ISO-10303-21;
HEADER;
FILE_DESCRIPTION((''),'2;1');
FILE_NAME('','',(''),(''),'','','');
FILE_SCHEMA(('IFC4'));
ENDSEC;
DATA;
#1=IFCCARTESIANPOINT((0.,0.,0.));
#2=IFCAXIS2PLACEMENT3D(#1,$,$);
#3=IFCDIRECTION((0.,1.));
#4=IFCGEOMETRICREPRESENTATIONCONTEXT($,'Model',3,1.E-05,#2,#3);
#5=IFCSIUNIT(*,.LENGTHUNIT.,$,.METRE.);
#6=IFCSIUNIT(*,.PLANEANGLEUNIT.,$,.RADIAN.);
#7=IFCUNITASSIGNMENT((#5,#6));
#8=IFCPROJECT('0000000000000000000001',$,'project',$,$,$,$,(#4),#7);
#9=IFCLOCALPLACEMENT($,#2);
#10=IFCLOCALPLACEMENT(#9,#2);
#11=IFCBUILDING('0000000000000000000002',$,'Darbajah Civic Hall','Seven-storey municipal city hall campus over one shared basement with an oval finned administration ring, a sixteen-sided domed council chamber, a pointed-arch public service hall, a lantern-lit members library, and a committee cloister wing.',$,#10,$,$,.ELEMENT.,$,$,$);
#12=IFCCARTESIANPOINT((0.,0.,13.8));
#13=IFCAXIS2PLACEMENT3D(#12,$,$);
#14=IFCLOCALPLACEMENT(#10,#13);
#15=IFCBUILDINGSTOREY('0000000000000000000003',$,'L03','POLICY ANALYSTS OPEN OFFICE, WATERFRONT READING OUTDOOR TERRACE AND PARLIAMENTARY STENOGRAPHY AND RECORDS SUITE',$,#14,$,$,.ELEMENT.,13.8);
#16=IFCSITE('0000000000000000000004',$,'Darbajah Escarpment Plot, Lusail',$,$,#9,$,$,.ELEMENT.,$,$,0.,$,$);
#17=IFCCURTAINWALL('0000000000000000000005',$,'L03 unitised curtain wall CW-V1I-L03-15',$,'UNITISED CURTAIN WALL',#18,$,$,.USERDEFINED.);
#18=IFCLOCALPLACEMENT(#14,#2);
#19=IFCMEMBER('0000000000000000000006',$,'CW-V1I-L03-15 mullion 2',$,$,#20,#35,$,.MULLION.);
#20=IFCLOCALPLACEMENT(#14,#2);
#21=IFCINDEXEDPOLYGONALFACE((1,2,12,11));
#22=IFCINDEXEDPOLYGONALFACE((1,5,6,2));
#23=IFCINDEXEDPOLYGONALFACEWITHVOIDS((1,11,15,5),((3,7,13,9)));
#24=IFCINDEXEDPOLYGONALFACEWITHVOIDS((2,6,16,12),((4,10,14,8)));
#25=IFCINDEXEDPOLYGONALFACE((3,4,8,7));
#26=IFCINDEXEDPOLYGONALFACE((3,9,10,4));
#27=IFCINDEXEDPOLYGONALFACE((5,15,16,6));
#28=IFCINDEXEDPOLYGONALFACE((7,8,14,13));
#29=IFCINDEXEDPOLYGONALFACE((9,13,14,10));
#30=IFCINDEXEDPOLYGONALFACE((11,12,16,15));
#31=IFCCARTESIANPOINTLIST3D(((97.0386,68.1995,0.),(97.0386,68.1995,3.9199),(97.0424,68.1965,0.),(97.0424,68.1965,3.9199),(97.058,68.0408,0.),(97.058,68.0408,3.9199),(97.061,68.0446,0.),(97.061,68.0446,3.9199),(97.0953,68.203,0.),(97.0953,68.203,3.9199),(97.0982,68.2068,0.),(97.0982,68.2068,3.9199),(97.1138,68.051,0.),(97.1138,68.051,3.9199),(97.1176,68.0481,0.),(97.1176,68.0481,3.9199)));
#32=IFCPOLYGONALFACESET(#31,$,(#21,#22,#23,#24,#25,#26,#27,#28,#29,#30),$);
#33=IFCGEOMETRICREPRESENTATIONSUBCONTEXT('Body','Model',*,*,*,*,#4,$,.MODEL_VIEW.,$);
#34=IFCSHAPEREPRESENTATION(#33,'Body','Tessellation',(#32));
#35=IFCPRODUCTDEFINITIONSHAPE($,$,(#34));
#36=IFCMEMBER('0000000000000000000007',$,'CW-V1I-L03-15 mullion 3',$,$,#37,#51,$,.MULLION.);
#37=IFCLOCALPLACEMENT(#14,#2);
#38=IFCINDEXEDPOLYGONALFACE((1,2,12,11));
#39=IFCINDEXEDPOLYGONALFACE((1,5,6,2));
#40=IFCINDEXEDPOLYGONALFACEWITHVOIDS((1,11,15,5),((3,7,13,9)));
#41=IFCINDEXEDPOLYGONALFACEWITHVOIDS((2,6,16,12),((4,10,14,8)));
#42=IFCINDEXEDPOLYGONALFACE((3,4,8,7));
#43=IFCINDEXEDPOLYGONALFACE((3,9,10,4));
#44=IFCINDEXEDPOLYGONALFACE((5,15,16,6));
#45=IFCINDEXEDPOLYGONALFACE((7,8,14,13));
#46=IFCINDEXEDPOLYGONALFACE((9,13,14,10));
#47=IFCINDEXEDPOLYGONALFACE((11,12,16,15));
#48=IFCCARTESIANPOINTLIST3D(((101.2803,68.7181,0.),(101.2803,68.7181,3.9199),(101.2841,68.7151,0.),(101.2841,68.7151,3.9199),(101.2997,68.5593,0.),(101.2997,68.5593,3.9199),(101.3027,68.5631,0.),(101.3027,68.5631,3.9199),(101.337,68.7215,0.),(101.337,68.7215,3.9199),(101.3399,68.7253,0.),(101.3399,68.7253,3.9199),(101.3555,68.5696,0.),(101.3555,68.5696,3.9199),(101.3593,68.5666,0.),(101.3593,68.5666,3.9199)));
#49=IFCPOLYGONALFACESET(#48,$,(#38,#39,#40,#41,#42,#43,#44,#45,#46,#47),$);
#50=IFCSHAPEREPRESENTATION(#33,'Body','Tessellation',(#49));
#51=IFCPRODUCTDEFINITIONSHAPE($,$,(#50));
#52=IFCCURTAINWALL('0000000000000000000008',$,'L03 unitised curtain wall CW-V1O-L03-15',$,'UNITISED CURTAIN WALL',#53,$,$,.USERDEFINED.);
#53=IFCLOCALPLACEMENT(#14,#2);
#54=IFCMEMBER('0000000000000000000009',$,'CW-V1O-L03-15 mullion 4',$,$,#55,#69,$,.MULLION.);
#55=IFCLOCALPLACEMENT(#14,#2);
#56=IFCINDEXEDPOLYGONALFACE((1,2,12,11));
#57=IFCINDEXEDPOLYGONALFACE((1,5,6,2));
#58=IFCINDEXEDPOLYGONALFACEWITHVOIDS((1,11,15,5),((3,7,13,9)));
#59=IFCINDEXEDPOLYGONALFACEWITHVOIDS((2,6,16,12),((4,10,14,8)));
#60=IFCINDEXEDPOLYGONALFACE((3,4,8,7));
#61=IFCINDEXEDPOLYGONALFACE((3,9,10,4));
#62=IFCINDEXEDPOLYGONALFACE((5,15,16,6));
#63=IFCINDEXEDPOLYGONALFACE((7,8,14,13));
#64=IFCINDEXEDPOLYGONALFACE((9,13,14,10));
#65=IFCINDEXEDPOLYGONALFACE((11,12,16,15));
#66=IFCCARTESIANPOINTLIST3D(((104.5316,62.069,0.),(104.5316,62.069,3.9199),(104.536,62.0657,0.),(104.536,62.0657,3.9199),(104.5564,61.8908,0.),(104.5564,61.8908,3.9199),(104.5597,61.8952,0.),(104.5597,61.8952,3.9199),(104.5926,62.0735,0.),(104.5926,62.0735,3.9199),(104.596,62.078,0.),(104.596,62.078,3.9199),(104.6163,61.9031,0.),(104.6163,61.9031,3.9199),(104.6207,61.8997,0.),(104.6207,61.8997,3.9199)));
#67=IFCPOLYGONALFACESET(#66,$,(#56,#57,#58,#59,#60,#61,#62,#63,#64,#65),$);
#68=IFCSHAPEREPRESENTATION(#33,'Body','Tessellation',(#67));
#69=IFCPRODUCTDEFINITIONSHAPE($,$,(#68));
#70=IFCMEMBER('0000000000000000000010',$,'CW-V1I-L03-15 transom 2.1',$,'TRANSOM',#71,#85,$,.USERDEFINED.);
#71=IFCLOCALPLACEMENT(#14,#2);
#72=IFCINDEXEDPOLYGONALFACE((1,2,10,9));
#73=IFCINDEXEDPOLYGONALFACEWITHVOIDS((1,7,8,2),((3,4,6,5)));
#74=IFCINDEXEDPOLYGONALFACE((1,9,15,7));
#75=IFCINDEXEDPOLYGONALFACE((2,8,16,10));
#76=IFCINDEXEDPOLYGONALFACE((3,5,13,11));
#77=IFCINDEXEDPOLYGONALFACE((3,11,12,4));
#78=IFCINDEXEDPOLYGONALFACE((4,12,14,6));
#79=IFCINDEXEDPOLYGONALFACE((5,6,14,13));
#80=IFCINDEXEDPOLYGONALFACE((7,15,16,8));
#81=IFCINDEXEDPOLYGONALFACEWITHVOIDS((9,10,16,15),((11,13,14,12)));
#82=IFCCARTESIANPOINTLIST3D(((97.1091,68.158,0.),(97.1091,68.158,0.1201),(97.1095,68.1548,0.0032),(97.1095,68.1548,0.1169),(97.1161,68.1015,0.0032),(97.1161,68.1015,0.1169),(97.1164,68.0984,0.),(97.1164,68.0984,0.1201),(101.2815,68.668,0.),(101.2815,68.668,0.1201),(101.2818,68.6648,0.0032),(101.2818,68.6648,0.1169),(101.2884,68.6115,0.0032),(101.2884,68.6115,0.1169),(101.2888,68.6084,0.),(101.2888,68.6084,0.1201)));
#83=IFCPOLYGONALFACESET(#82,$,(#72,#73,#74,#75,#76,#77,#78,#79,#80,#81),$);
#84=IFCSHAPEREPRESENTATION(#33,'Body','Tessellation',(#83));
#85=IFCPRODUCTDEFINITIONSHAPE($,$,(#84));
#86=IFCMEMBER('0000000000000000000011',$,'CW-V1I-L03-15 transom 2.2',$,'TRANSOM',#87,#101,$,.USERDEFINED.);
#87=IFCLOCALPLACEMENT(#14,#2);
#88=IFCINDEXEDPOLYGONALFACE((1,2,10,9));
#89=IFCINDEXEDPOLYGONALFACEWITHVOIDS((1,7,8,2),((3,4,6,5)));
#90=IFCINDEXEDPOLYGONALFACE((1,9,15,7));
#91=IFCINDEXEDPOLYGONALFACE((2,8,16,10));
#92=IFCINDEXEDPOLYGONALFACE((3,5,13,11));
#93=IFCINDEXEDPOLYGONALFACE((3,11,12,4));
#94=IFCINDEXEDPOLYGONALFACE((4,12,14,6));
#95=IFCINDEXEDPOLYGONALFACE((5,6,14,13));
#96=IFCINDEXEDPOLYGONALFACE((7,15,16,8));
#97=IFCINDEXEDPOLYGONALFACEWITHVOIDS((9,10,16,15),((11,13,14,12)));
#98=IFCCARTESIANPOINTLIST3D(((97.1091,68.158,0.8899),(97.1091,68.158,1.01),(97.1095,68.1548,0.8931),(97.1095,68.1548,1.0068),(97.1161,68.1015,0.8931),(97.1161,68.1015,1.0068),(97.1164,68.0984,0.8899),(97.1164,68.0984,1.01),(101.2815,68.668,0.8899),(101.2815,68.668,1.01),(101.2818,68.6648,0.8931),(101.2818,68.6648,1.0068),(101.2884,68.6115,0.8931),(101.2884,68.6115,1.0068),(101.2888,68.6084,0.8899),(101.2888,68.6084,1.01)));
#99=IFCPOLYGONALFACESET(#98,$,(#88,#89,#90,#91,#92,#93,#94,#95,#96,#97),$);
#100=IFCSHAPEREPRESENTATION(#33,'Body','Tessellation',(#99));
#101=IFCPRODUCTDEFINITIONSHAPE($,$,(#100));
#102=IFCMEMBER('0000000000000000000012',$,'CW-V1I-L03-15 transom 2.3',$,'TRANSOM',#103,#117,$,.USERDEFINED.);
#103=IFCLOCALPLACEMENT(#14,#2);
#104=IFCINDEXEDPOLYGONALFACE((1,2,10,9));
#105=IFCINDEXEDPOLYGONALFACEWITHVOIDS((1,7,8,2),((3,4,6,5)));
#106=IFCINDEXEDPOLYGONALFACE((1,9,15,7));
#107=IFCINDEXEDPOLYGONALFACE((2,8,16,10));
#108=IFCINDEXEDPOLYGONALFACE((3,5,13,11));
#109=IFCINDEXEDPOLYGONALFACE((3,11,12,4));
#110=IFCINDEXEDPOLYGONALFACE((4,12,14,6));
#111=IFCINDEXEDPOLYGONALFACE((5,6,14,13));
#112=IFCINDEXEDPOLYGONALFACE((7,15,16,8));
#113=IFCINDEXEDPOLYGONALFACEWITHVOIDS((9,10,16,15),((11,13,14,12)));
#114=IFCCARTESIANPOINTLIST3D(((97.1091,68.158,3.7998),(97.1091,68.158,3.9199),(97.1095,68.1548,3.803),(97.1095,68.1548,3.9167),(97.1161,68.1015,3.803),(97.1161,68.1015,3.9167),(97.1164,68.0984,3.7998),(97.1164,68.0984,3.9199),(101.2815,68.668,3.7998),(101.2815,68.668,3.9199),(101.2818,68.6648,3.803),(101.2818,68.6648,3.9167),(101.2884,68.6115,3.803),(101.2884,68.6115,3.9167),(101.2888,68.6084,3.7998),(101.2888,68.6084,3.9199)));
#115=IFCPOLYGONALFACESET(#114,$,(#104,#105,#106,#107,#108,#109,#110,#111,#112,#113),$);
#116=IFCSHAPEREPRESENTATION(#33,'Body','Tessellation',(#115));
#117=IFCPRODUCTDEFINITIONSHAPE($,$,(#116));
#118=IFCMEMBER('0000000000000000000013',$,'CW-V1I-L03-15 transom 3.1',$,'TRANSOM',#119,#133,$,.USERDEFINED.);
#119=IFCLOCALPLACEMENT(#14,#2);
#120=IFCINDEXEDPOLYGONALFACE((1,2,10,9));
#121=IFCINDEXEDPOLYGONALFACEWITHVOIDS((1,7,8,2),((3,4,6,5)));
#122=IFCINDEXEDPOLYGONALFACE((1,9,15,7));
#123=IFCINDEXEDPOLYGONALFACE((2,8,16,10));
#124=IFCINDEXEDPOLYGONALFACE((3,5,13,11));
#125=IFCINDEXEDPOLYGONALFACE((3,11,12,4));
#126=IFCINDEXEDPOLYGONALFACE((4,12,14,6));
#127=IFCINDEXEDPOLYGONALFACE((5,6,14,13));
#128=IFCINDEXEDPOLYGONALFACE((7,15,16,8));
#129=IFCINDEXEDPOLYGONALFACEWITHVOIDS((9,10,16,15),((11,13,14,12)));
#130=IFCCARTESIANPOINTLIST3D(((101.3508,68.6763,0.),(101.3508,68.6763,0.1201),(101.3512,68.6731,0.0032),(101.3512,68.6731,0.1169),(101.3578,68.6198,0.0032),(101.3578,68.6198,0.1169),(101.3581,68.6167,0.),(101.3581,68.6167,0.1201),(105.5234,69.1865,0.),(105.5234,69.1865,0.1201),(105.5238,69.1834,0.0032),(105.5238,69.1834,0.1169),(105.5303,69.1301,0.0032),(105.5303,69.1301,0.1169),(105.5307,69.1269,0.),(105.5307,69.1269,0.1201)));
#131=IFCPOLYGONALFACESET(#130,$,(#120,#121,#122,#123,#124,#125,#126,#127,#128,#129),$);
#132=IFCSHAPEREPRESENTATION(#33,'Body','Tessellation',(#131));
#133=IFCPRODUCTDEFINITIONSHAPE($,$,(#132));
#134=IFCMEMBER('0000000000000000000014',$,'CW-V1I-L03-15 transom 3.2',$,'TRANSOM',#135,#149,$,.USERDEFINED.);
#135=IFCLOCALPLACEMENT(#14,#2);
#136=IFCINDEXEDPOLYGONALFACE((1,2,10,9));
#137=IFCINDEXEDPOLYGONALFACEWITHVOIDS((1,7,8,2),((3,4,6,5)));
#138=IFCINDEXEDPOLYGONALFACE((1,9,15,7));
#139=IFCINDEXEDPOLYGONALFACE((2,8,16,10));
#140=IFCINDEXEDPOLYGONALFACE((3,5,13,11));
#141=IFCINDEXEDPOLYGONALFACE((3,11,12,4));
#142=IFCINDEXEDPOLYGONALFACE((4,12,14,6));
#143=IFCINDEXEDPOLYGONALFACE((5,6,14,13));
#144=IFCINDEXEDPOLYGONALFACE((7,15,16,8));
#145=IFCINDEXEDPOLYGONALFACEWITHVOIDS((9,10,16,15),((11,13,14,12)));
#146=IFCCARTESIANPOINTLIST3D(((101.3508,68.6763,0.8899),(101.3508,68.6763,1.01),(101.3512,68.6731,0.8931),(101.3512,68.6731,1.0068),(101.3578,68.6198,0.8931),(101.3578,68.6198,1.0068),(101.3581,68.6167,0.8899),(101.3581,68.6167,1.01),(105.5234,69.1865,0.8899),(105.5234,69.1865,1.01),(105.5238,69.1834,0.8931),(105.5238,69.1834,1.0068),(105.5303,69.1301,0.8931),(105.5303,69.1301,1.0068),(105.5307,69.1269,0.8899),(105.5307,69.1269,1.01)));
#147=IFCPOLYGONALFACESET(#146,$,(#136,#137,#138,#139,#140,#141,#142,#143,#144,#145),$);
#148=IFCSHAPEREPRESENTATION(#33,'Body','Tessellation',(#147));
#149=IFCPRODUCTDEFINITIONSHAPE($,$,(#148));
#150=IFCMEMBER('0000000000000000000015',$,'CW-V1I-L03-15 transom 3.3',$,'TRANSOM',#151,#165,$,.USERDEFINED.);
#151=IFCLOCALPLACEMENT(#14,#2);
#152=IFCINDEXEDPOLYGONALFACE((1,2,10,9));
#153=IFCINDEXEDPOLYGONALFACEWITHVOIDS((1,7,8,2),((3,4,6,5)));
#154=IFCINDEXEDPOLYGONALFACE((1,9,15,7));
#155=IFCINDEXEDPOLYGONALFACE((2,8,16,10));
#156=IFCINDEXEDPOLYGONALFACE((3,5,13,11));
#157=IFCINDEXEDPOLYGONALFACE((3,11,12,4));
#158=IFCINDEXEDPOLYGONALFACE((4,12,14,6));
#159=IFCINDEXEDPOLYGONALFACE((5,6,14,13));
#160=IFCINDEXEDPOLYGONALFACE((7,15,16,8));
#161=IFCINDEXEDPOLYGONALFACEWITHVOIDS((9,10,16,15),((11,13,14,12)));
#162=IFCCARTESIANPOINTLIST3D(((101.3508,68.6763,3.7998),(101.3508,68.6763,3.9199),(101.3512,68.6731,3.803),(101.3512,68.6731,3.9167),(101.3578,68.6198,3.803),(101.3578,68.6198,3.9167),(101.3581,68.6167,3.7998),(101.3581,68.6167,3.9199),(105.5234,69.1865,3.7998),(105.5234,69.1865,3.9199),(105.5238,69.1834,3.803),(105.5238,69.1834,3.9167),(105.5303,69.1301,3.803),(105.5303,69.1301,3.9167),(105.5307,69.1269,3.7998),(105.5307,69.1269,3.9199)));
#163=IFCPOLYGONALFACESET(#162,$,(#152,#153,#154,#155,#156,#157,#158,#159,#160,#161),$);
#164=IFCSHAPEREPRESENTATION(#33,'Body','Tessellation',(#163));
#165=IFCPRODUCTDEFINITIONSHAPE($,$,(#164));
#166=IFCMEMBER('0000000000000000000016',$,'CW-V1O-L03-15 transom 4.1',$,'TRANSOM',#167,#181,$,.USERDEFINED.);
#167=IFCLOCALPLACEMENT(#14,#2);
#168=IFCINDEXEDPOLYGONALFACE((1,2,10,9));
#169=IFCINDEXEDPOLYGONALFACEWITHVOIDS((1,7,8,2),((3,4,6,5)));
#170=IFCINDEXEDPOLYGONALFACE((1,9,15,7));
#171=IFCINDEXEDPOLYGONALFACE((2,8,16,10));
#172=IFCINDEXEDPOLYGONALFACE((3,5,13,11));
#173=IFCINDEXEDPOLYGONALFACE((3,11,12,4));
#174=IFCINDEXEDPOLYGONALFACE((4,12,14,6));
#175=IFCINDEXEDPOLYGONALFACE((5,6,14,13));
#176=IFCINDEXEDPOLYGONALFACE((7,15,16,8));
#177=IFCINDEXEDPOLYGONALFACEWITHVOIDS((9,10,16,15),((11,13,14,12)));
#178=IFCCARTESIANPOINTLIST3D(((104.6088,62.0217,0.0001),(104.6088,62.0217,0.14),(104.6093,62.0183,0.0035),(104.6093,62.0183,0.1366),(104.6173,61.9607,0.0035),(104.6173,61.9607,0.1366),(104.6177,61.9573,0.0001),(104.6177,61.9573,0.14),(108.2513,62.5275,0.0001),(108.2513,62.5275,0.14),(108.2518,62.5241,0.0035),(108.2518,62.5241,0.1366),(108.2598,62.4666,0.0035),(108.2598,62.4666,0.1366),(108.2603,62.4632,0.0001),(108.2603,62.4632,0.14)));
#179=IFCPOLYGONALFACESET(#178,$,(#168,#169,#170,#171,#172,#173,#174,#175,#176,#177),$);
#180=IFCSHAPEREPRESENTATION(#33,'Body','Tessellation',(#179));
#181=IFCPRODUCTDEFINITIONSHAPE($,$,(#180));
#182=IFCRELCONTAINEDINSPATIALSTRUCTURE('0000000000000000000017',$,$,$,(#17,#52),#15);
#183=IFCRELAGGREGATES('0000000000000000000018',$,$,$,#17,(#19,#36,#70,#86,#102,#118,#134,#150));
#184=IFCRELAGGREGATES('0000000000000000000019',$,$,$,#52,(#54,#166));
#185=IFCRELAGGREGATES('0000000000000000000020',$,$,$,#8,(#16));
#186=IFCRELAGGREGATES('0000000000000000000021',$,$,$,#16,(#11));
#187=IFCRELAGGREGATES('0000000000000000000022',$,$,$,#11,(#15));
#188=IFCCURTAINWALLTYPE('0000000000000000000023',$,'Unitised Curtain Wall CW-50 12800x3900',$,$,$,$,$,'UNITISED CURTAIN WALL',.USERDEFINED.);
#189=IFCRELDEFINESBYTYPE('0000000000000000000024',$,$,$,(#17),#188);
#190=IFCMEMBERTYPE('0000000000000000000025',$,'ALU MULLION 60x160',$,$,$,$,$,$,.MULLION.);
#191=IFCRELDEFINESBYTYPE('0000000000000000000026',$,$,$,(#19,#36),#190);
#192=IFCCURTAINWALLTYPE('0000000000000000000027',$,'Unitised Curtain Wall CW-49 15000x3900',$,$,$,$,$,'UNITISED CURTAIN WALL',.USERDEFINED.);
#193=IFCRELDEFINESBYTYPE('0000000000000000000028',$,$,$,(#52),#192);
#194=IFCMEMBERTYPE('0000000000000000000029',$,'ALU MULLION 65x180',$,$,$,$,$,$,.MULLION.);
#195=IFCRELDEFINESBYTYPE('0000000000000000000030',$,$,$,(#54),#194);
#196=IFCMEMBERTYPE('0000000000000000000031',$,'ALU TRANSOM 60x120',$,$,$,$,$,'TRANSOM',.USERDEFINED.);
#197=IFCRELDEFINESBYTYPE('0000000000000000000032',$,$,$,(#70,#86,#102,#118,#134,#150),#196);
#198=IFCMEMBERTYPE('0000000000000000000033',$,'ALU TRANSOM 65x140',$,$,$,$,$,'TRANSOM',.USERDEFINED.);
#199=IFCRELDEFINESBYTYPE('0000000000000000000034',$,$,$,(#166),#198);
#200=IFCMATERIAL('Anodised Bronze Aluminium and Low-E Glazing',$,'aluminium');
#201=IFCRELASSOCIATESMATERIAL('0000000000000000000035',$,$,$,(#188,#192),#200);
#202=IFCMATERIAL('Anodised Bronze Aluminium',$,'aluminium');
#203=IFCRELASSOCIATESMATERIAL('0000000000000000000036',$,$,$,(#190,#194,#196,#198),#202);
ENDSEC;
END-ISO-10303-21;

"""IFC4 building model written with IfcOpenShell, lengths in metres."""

from ifc_helpers import new_model, si_unit, direction, frame, origin, origin_2d, place, context, subcontext, project, spatial, hollow_rectangle, extrude, material, material_profile, profile_set, type_object, element, aggregate, save


model = new_model("IFC4")

# Units and contexts
model_context = context("Model", 3, precision=1e-05, world=origin(), true_north=direction((0.0, 1.0)))
body_context = subcontext(model_context, "Body", "Model", "MODEL_VIEW")
ifc_project = project(units=[si_unit("LENGTHUNIT", "METRE"), si_unit("PLANEANGLEUNIT", "RADIAN")], contexts=[model_context])

# Site, building, storey
site_placement = place(None, origin())
site = spatial("IfcSite", under=ifc_project, at=site_placement, Name="Darbajah Escarpment Plot, Lusail", CompositionType="ELEMENT", RefElevation=0.0)
building_placement = place(site_placement, origin())
building = spatial("IfcBuilding", under=site, at=building_placement, Name="Darbajah Civic Hall", Description="Seven-storey municipal city hall campus over one shared basement with an oval finned administration ring, a sixteen-sided domed council chamber, a pointed-arch public service hall, a lantern-lit members library, and a committee cloister wing.", CompositionType="ELEMENT")
storey_placement = place(building_placement, frame((0.0, 0.0, 13.8)))
storey = spatial("IfcBuildingStorey", under=building, at=storey_placement, Name="L03", Description="POLICY ANALYSTS OPEN OFFICE, WATERFRONT READING OUTDOOR TERRACE AND PARLIAMENTARY STENOGRAPHY AND RECORDS SUITE", CompositionType="ELEMENT", Elevation=13.8)

# Curtain wall, members
ifc_material_1 = material(Name="Anodised Bronze Aluminium and Low-E Glazing", Category="aluminium")
curtain_wall_type_1 = type_object("IfcCurtainWallType", Name="Unitised Curtain Wall CW-50 12800x3900", ElementType="UNITISED CURTAIN WALL", PredefinedType="USERDEFINED", material=ifc_material_1)
curtain_wall_1_placement = place(storey_placement, origin())
curtain_wall_1 = element("IfcCurtainWall", 1, at=curtain_wall_1_placement, inside=storey, type_object=curtain_wall_type_1, Name="L03 unitised curtain wall CW-V1I-L03-15", ObjectType="UNITISED CURTAIN WALL", PredefinedType="USERDEFINED")
ifc_material_2 = material(Name="Anodised Bronze Aluminium", Category="aluminium")
ifc_material_profile_1 = material_profile(ifc_material_2, hollow_rectangle(XDim=0.0601, YDim=0.1599, WallThickness=0.0034, at=origin_2d()), Name="ALU MULLION 60x160")
ifc_profile_set_1 = profile_set([ifc_material_profile_1], Name="Anodised Bronze Aluminium")
member_type_1 = type_object("IfcMemberType", Name="ALU MULLION 60x160", PredefinedType="MULLION", material=ifc_profile_set_1)
member_1_placement = place(storey_placement, frame((97.0781, 68.1238, 0.0), z_axis=(0.0, 0.0, 1.0), x_axis=(0.99261, 0.12135, 0.0)))
member_1 = element("IfcMember", 2, at=member_1_placement, type_object=member_type_1, Name="CW-V1I-L03-15 mullion 2", PredefinedType="MULLION", context=body_context, shape_type="SweptSolid", body=[
    extrude(hollow_rectangle(XDim=0.0601, YDim=0.1599, WallThickness=0.0034, at=origin_2d()), origin(), (0.0, 0.0, 1.0), 3.9199),
])
member_2_placement = place(storey_placement, frame((101.3198, 68.6423, 0.0), z_axis=(0.0, 0.0, 1.0), x_axis=(0.99261, 0.12135, 0.0)))
member_2 = element("IfcMember", 3, at=member_2_placement, type_object=member_type_1, Name="CW-V1I-L03-15 mullion 3", PredefinedType="MULLION", context=body_context, shape_type="SweptSolid", body=[
    extrude(hollow_rectangle(XDim=0.0601, YDim=0.1599, WallThickness=0.0034, at=origin_2d()), origin(), (0.0, 0.0, 1.0), 3.9199),
])

# Curtain wall, member
curtain_wall_type_2 = type_object("IfcCurtainWallType", Name="Unitised Curtain Wall CW-49 15000x3900", ElementType="UNITISED CURTAIN WALL", PredefinedType="USERDEFINED", material=ifc_material_1)
curtain_wall_2_placement = place(storey_placement, origin())
curtain_wall_2 = element("IfcCurtainWall", 4, at=curtain_wall_2_placement, inside=storey, type_object=curtain_wall_type_2, Name="L03 unitised curtain wall CW-V1O-L03-15", ObjectType="UNITISED CURTAIN WALL", PredefinedType="USERDEFINED")
ifc_material_profile_2 = material_profile(ifc_material_2, hollow_rectangle(XDim=0.0649, YDim=0.1799, WallThickness=0.0039, at=origin_2d()), Name="ALU MULLION 65x180")
ifc_profile_set_2 = profile_set([ifc_material_profile_2], Name="Anodised Bronze Aluminium")
member_type_2 = type_object("IfcMemberType", Name="ALU MULLION 65x180", PredefinedType="MULLION", material=ifc_profile_set_2)
member_3_placement = place(storey_placement, frame((104.5762, 61.9844, 0.0), z_axis=(0.0, 0.0, 1.0), x_axis=(0.990485, 0.137617, 0.0)))
member_3 = element("IfcMember", 5, at=member_3_placement, type_object=member_type_2, Name="CW-V1O-L03-15 mullion 4", PredefinedType="MULLION", context=body_context, shape_type="SweptSolid", body=[
    extrude(hollow_rectangle(XDim=0.0649, YDim=0.1799, WallThickness=0.0039, at=origin_2d()), origin(), (0.0, 0.0, 1.0), 3.9199),
])

# Members
ifc_material_profile_3 = material_profile(ifc_material_2, hollow_rectangle(XDim=0.0601, YDim=0.1201, WallThickness=0.0032, at=origin_2d()), Name="ALU TRANSOM 60x120")
ifc_profile_set_3 = profile_set([ifc_material_profile_3], Name="Anodised Bronze Aluminium")
member_type_3 = type_object("IfcMemberType", Name="ALU TRANSOM 60x120", ElementType="TRANSOM", PredefinedType="USERDEFINED", material=ifc_profile_set_3)
member_4_placement = place(storey_placement, frame((97.1128, 68.1282, 0.0601), z_axis=(0.992612, 0.121332, 0.0), x_axis=(-0.121332, 0.992612, 0.0)))
member_4 = element("IfcMember", 6, at=member_4_placement, type_object=member_type_3, Name="CW-V1I-L03-15 transom 2.1", ObjectType="TRANSOM", PredefinedType="USERDEFINED", context=body_context, shape_type="SweptSolid", body=[
    extrude(hollow_rectangle(XDim=0.0601, YDim=0.1201, WallThickness=0.0032, at=origin_2d()), origin(), (0.0, 0.0, 1.0), 4.2034),
])
member_5_placement = place(storey_placement, frame((97.1128, 68.1282, 0.95), z_axis=(0.992612, 0.121332, 0.0), x_axis=(-0.121332, 0.992612, 0.0)))
member_5 = element("IfcMember", 7, at=member_5_placement, type_object=member_type_3, Name="CW-V1I-L03-15 transom 2.2", ObjectType="TRANSOM", PredefinedType="USERDEFINED", context=body_context, shape_type="SweptSolid", body=[
    extrude(hollow_rectangle(XDim=0.0601, YDim=0.1201, WallThickness=0.0032, at=origin_2d()), origin(), (0.0, 0.0, 1.0), 4.2034),
])
member_6_placement = place(storey_placement, frame((97.1128, 68.1282, 3.8599), z_axis=(0.992612, 0.121332, 0.0), x_axis=(-0.121332, 0.992612, 0.0)))
member_6 = element("IfcMember", 8, at=member_6_placement, type_object=member_type_3, Name="CW-V1I-L03-15 transom 2.3", ObjectType="TRANSOM", PredefinedType="USERDEFINED", context=body_context, shape_type="SweptSolid", body=[
    extrude(hollow_rectangle(XDim=0.0601, YDim=0.1201, WallThickness=0.0032, at=origin_2d()), origin(), (0.0, 0.0, 1.0), 4.2034),
])
member_7_placement = place(storey_placement, frame((101.3545, 68.6465, 0.0601), z_axis=(0.992606, 0.121382, 0.0), x_axis=(-0.121382, 0.992606, 0.0)))
member_7 = element("IfcMember", 9, at=member_7_placement, type_object=member_type_3, Name="CW-V1I-L03-15 transom 3.1", ObjectType="TRANSOM", PredefinedType="USERDEFINED", context=body_context, shape_type="SweptSolid", body=[
    extrude(hollow_rectangle(XDim=0.0601, YDim=0.1201, WallThickness=0.0032, at=origin_2d()), origin(), (0.0, 0.0, 1.0), 4.2036),
])
member_8_placement = place(storey_placement, frame((101.3545, 68.6465, 0.95), z_axis=(0.992606, 0.121382, 0.0), x_axis=(-0.121382, 0.992606, 0.0)))
member_8 = element("IfcMember", 10, at=member_8_placement, type_object=member_type_3, Name="CW-V1I-L03-15 transom 3.2", ObjectType="TRANSOM", PredefinedType="USERDEFINED", context=body_context, shape_type="SweptSolid", body=[
    extrude(hollow_rectangle(XDim=0.0601, YDim=0.1201, WallThickness=0.0032, at=origin_2d()), origin(), (0.0, 0.0, 1.0), 4.2036),
])
member_9_placement = place(storey_placement, frame((101.3545, 68.6465, 3.8599), z_axis=(0.992606, 0.121382, 0.0), x_axis=(-0.121382, 0.992606, 0.0)))
member_9 = element("IfcMember", 11, at=member_9_placement, type_object=member_type_3, Name="CW-V1I-L03-15 transom 3.3", ObjectType="TRANSOM", PredefinedType="USERDEFINED", context=body_context, shape_type="SweptSolid", body=[
    extrude(hollow_rectangle(XDim=0.0601, YDim=0.1201, WallThickness=0.0032, at=origin_2d()), origin(), (0.0, 0.0, 1.0), 4.2036),
])
ifc_material_profile_4 = material_profile(ifc_material_2, hollow_rectangle(XDim=0.0649, YDim=0.1399, WallThickness=0.0034, at=origin_2d()), Name="ALU TRANSOM 65x140")
ifc_profile_set_4 = profile_set([ifc_material_profile_4], Name="Anodised Bronze Aluminium")
member_type_4 = type_object("IfcMemberType", Name="ALU TRANSOM 65x140", ElementType="TRANSOM", PredefinedType="USERDEFINED", material=ifc_profile_set_4)
member_10_placement = place(storey_placement, frame((104.6133, 61.9895, 0.0701), z_axis=(0.990494, 0.137554, 0.0), x_axis=(-0.137554, 0.990494, 0.0)))
member_10 = element("IfcMember", 12, at=member_10_placement, type_object=member_type_4, Name="CW-V1O-L03-15 transom 4.1", ObjectType="TRANSOM", PredefinedType="USERDEFINED", context=body_context, shape_type="SweptSolid", body=[
    extrude(hollow_rectangle(XDim=0.0649, YDim=0.1399, WallThickness=0.0034, at=origin_2d()), origin(), (0.0, 0.0, 1.0), 3.6775),
])

aggregate(curtain_wall_1, [member_1, member_2, member_4, member_5, member_6, member_7, member_8, member_9])
aggregate(curtain_wall_2, [member_3, member_10])

save(model, "model.ifc")
